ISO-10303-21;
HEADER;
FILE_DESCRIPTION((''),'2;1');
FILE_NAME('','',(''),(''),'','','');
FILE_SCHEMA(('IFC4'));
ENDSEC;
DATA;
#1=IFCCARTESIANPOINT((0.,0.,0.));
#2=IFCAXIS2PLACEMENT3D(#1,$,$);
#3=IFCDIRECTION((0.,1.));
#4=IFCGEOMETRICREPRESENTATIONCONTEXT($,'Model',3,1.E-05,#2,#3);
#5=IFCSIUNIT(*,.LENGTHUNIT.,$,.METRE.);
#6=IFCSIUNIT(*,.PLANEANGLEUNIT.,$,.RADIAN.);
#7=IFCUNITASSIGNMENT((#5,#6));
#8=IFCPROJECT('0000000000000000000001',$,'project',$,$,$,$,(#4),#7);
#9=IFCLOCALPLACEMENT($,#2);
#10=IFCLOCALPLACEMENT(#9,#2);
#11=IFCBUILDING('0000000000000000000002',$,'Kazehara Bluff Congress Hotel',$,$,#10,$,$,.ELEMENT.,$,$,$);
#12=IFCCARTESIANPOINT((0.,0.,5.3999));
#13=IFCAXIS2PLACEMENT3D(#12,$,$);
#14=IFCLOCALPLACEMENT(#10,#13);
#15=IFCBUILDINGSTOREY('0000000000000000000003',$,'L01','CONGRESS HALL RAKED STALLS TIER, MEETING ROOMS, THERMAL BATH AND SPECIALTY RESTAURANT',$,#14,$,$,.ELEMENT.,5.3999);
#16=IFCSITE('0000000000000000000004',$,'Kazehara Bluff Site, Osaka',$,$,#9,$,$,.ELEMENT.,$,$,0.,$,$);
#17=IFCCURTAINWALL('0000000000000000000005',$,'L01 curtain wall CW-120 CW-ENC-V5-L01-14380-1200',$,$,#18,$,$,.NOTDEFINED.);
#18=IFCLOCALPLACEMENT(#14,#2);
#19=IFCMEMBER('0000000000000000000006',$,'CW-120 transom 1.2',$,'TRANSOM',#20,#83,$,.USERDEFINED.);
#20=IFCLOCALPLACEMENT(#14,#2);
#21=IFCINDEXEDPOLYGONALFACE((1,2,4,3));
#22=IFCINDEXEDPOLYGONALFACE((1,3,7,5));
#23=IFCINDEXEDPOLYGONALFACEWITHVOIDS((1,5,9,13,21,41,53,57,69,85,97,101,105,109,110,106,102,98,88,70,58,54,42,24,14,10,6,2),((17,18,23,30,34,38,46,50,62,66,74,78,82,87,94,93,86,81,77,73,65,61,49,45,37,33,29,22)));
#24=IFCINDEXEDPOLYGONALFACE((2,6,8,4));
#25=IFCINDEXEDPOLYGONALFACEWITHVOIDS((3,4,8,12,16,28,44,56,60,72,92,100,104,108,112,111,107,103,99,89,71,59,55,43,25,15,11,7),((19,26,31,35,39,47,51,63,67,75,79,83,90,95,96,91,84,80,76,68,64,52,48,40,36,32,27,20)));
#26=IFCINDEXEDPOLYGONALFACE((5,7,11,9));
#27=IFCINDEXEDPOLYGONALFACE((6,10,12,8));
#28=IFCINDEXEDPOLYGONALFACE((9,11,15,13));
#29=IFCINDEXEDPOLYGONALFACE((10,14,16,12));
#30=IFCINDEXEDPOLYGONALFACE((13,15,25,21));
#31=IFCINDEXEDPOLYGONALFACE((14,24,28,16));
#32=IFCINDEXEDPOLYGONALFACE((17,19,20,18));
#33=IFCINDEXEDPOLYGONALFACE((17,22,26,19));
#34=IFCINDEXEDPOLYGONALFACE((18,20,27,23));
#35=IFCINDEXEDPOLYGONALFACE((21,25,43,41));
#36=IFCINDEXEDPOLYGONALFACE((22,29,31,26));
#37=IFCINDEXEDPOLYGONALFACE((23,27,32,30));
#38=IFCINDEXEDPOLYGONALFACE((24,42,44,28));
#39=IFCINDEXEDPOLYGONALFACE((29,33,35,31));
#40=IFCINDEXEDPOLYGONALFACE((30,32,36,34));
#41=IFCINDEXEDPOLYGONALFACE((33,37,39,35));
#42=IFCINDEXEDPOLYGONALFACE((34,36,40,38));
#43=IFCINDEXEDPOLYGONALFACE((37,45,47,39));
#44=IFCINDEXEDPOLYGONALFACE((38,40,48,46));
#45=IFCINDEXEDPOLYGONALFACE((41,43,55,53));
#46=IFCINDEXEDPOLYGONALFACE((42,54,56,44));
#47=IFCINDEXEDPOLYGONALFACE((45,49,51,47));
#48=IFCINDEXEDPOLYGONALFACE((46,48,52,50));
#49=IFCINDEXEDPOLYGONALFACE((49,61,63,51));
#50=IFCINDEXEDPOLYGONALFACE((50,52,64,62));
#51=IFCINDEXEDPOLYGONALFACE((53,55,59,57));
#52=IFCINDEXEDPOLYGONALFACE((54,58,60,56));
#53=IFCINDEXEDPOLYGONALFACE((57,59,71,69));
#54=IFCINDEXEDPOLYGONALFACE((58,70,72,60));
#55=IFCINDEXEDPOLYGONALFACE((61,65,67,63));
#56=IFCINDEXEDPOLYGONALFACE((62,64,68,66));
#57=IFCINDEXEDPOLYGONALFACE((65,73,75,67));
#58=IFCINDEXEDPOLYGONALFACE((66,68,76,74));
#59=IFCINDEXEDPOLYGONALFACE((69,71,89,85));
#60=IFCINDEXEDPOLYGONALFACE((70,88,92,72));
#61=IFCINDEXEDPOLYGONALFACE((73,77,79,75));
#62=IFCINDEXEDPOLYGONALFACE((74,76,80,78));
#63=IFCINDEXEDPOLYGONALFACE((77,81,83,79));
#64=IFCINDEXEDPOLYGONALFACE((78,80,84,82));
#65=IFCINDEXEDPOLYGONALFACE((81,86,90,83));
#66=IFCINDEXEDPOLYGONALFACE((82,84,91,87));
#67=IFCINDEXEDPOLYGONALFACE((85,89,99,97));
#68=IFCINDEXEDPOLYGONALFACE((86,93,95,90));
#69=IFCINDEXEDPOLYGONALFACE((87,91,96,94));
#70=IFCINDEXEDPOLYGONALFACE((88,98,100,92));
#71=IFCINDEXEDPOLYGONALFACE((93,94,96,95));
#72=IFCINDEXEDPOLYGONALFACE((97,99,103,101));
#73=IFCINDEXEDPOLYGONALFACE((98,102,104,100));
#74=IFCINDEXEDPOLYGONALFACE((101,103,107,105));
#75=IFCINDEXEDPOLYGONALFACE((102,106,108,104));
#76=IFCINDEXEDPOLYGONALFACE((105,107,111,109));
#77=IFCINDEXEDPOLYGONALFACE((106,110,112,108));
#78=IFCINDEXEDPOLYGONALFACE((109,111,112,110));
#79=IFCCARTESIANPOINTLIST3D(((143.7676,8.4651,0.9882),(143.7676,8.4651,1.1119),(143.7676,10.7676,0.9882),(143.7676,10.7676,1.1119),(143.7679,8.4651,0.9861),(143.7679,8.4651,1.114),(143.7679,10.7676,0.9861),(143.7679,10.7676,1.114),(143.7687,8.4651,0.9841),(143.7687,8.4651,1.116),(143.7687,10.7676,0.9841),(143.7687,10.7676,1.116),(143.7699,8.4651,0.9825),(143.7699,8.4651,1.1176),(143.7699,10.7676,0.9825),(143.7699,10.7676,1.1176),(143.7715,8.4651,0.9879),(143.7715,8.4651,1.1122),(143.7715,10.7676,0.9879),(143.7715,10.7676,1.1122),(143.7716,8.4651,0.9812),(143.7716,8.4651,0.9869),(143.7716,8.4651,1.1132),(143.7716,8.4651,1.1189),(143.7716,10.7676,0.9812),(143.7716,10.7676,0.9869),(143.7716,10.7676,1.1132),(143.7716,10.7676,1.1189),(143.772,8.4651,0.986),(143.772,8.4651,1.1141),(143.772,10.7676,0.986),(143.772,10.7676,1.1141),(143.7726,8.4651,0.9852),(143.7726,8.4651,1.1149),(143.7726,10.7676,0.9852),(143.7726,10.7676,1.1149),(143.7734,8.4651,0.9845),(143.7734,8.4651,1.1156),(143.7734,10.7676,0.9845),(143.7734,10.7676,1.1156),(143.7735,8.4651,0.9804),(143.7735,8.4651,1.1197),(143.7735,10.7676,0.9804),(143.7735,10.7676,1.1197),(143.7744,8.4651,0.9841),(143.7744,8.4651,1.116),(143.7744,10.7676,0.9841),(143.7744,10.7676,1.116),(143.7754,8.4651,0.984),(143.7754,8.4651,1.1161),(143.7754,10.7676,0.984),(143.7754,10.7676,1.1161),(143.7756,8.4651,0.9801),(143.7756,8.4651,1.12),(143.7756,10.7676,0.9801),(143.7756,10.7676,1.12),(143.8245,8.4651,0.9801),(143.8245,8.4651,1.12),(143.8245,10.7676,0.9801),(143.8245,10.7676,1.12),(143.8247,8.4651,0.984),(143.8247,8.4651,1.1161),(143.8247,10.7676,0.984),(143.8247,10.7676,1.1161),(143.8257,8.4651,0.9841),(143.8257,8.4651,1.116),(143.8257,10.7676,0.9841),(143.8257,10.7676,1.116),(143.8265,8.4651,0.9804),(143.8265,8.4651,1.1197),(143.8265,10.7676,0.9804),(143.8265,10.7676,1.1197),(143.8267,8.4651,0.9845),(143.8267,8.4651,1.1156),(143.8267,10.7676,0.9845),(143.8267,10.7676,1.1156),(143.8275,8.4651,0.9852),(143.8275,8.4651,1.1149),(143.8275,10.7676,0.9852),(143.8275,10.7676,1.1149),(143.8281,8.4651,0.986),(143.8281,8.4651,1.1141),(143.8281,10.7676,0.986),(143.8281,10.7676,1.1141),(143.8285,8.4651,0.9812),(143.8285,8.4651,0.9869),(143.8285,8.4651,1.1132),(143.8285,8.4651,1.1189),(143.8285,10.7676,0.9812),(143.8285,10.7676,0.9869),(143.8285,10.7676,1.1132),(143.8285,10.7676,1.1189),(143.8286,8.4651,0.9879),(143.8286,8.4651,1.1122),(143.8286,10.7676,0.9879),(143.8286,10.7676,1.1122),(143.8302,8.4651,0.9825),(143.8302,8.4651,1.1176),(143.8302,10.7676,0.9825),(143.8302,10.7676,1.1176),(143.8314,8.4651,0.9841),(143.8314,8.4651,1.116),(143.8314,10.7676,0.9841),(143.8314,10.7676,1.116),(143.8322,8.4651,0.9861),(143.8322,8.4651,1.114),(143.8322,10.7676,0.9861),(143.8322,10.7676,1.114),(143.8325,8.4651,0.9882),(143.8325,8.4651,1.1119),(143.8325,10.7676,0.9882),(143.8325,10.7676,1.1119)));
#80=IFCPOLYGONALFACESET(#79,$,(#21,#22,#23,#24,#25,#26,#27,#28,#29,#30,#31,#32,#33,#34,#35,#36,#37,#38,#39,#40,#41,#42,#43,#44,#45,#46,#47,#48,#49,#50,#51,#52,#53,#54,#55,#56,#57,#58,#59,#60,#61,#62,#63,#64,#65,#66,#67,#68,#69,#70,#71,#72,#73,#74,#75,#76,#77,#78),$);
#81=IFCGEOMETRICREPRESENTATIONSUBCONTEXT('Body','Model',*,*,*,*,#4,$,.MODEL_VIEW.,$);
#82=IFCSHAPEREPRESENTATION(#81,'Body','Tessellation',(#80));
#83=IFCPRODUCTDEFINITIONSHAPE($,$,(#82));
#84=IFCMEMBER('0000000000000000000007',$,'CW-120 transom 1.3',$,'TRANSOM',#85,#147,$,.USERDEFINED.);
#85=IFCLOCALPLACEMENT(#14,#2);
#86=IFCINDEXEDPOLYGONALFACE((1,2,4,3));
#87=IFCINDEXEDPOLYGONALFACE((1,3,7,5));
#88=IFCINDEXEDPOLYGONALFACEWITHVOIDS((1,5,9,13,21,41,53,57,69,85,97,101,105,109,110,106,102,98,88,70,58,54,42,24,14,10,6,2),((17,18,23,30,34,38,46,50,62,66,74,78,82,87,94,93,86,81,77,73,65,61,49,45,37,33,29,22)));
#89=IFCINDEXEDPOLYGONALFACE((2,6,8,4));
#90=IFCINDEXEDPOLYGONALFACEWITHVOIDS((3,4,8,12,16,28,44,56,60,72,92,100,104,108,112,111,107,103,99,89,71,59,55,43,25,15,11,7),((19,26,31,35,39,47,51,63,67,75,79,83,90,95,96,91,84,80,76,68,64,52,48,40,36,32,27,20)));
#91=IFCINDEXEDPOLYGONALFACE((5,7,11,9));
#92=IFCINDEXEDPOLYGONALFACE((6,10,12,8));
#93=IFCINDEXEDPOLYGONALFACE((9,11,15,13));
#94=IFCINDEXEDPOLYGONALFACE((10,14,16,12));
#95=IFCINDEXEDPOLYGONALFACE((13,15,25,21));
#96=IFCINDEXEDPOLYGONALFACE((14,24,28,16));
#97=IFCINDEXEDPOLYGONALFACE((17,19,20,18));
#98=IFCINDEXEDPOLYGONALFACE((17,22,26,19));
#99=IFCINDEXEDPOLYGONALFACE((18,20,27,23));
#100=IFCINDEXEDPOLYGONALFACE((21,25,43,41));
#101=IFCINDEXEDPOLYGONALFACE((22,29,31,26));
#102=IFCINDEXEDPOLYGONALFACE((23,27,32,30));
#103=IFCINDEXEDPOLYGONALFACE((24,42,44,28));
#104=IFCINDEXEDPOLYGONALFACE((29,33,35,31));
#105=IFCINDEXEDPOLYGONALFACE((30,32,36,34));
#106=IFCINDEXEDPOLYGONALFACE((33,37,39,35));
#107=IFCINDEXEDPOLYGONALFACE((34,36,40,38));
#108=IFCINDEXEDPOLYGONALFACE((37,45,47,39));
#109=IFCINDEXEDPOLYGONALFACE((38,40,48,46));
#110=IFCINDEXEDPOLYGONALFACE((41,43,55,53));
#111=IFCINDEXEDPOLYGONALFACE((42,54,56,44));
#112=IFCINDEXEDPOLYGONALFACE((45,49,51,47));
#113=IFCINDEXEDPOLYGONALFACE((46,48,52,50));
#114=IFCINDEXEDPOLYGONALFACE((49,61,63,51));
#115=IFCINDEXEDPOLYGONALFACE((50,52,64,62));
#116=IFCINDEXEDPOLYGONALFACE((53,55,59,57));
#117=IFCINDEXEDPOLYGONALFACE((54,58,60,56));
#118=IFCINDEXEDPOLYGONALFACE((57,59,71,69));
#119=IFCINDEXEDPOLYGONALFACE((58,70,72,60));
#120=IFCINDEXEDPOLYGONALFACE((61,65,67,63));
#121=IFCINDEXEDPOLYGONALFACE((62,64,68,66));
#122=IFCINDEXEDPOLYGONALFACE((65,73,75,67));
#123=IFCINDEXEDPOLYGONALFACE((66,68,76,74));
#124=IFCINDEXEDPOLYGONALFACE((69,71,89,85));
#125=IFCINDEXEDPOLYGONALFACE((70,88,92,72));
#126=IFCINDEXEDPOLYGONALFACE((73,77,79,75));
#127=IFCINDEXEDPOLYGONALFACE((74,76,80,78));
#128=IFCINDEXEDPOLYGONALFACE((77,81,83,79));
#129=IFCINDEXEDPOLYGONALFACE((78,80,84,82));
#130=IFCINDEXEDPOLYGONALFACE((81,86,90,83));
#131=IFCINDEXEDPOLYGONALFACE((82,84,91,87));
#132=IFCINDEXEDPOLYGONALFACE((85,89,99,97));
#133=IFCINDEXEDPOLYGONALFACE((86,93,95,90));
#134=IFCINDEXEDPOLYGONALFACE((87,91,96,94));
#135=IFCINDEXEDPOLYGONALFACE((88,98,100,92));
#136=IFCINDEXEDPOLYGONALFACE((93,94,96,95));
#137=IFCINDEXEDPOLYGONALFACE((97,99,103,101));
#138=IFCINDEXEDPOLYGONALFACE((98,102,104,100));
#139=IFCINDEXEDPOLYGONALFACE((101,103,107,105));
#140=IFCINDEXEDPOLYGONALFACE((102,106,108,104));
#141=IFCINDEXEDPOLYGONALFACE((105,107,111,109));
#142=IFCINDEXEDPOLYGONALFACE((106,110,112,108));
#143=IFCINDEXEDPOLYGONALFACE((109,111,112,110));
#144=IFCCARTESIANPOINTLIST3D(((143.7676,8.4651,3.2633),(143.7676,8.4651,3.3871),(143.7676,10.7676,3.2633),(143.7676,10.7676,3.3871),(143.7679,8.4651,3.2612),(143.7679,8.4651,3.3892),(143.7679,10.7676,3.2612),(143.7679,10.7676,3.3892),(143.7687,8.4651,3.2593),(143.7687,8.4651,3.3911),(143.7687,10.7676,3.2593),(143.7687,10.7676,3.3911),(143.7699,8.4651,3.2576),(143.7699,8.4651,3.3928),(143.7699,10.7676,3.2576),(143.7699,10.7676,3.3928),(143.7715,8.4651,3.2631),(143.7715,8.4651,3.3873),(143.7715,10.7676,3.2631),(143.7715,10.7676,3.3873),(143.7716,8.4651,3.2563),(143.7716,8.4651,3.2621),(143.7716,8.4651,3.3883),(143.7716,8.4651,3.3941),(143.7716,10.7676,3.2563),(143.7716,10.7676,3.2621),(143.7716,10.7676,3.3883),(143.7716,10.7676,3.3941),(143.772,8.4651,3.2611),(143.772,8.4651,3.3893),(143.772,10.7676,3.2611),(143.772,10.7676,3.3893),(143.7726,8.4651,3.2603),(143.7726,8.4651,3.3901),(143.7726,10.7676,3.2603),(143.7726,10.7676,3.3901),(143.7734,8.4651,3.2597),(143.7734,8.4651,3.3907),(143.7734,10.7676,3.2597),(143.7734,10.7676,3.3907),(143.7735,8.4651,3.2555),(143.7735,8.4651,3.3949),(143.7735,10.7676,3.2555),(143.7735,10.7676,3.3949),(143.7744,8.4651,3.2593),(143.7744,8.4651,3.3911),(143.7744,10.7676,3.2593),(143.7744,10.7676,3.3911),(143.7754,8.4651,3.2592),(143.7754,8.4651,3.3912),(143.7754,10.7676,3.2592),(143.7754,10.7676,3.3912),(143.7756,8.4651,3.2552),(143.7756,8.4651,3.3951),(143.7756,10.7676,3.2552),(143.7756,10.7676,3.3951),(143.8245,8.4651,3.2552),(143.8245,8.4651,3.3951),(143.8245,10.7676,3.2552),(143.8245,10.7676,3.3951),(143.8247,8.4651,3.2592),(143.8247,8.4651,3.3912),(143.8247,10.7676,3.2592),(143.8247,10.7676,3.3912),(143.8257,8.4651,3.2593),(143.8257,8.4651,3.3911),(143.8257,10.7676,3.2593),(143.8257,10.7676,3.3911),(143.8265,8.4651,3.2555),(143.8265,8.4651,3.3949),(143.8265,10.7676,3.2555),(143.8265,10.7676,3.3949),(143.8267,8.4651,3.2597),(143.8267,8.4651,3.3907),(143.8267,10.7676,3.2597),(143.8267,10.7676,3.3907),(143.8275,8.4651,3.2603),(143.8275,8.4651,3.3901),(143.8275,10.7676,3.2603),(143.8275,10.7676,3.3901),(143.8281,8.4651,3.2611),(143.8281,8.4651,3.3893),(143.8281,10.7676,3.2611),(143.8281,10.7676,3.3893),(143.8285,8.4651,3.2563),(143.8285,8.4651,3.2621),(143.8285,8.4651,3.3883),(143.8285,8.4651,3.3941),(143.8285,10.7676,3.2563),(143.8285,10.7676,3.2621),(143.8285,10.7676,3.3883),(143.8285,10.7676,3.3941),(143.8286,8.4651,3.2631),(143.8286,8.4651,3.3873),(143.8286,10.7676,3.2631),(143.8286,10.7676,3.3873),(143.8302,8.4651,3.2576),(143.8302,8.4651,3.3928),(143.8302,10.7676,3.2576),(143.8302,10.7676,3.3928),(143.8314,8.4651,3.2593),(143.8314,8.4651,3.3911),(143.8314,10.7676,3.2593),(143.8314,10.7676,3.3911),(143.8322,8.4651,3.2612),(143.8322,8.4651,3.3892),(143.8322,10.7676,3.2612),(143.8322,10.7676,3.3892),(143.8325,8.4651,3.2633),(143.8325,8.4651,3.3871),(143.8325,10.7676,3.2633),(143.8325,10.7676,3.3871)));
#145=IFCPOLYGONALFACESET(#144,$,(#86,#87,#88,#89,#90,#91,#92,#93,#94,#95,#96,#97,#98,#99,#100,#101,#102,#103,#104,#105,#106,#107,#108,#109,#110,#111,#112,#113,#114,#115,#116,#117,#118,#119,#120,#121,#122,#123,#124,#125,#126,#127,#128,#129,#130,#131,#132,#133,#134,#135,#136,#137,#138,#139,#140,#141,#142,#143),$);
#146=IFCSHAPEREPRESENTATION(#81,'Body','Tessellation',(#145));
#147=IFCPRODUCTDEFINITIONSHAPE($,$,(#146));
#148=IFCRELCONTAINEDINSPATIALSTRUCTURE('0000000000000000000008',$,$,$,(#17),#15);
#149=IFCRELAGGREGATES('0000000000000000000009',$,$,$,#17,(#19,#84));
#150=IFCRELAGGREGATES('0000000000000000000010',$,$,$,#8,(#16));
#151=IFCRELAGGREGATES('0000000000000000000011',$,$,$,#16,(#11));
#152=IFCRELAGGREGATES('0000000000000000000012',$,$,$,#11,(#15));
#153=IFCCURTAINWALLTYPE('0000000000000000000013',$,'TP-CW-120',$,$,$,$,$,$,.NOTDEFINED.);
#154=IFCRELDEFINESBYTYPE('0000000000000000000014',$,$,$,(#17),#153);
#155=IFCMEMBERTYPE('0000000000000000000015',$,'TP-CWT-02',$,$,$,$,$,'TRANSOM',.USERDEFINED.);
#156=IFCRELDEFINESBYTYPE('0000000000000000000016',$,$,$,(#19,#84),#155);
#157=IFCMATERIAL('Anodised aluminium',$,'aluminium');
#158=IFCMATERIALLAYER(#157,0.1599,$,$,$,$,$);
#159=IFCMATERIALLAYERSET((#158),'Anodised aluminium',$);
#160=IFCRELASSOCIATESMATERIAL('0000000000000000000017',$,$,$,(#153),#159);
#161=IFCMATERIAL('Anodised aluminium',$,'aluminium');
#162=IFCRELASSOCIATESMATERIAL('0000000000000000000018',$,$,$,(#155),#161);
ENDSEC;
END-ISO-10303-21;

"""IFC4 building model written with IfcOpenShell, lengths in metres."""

from ifc_helpers import new_model, si_unit, direction, frame, origin, origin_2d, place, context, subcontext, project, spatial, hollow_rectangle, extrude, material, layer, layer_set, material_profile, profile_set, type_object, element, aggregate, save


model = new_model("IFC4")

# Units and contexts
model_context = context("Model", 3, precision=1e-05, world=origin(), true_north=direction((0.0, 1.0)))
body_context = subcontext(model_context, "Body", "Model", "MODEL_VIEW")
ifc_project = project(units=[si_unit("LENGTHUNIT", "METRE"), si_unit("PLANEANGLEUNIT", "RADIAN")], contexts=[model_context])

# Site, building, storey
site_placement = place(None, origin())
site = spatial("IfcSite", under=ifc_project, at=site_placement, Name="Kazehara Bluff Site, Osaka", CompositionType="ELEMENT", RefElevation=0.0)
building_placement = place(site_placement, origin())
building = spatial("IfcBuilding", under=site, at=building_placement, Name="Kazehara Bluff Congress Hotel", CompositionType="ELEMENT")
storey_placement = place(building_placement, frame((0.0, 0.0, 5.3999)))
storey = spatial("IfcBuildingStorey", under=building, at=storey_placement, Name="L01", Description="CONGRESS HALL RAKED STALLS TIER, MEETING ROOMS, THERMAL BATH AND SPECIALTY RESTAURANT", CompositionType="ELEMENT", Elevation=5.3999)

# Curtain wall
ifc_material_1 = material(Name="Anodised aluminium", Category="aluminium")
ifc_layer_1 = layer(ifc_material_1, 0.1599)
ifc_layer_set_1 = layer_set([ifc_layer_1], Name="Anodised aluminium")
curtain_wall_type_1 = type_object("IfcCurtainWallType", Name="TP-CW-120", PredefinedType="NOTDEFINED", material=ifc_layer_set_1)
curtain_wall_1_placement = place(storey_placement, origin())
curtain_wall_1 = element("IfcCurtainWall", 1, at=curtain_wall_1_placement, inside=storey, type_object=curtain_wall_type_1, Name="L01 curtain wall CW-120 CW-ENC-V5-L01-14380-1200", PredefinedType="NOTDEFINED")

# Members
ifc_material_2 = material(Name="Anodised aluminium", Category="aluminium")
ifc_material_profile_1 = material_profile(ifc_material_2, hollow_rectangle(XDim=0.0649, YDim=0.1399, WallThickness=0.0039, InnerFilletRadius=0.0039, OuterFilletRadius=0.0081, at=origin_2d()))
ifc_profile_set_1 = profile_set([ifc_material_profile_1], Name="Anodised aluminium")
member_type_1 = type_object("IfcMemberType", Name="TP-CWT-02", ElementType="TRANSOM", PredefinedType="USERDEFINED", material=ifc_profile_set_1)
member_1_placement = place(storey_placement, frame((143.8, 8.4651, 1.05), z_axis=(0.0, 1.0, 0.0), x_axis=(-1.0, 0.0, 0.0)))
member_1 = element("IfcMember", 2, at=member_1_placement, type_object=member_type_1, Name="CW-120 transom 1.2", ObjectType="TRANSOM", PredefinedType="USERDEFINED", context=body_context, shape_type="SweptSolid", body=[
    extrude(hollow_rectangle(XDim=0.0649, YDim=0.1399, WallThickness=0.0039, InnerFilletRadius=0.0039, OuterFilletRadius=0.0081, at=origin_2d()), origin(), (0.0, 0.0, 1.0), 2.3025),
])
member_2_placement = place(storey_placement, frame((143.8, 8.4651, 3.3252), z_axis=(0.0, 1.0, 0.0), x_axis=(-1.0, 0.0, 0.0)))
member_2 = element("IfcMember", 3, at=member_2_placement, type_object=member_type_1, Name="CW-120 transom 1.3", ObjectType="TRANSOM", PredefinedType="USERDEFINED", context=body_context, shape_type="SweptSolid", body=[
    extrude(hollow_rectangle(XDim=0.0649, YDim=0.1399, WallThickness=0.0039, InnerFilletRadius=0.0039, OuterFilletRadius=0.0081, at=origin_2d()), origin(), (0.0, 0.0, 1.0), 2.3025),
])

aggregate(curtain_wall_1, [member_1, member_2])

save(model, "model.ifc")
